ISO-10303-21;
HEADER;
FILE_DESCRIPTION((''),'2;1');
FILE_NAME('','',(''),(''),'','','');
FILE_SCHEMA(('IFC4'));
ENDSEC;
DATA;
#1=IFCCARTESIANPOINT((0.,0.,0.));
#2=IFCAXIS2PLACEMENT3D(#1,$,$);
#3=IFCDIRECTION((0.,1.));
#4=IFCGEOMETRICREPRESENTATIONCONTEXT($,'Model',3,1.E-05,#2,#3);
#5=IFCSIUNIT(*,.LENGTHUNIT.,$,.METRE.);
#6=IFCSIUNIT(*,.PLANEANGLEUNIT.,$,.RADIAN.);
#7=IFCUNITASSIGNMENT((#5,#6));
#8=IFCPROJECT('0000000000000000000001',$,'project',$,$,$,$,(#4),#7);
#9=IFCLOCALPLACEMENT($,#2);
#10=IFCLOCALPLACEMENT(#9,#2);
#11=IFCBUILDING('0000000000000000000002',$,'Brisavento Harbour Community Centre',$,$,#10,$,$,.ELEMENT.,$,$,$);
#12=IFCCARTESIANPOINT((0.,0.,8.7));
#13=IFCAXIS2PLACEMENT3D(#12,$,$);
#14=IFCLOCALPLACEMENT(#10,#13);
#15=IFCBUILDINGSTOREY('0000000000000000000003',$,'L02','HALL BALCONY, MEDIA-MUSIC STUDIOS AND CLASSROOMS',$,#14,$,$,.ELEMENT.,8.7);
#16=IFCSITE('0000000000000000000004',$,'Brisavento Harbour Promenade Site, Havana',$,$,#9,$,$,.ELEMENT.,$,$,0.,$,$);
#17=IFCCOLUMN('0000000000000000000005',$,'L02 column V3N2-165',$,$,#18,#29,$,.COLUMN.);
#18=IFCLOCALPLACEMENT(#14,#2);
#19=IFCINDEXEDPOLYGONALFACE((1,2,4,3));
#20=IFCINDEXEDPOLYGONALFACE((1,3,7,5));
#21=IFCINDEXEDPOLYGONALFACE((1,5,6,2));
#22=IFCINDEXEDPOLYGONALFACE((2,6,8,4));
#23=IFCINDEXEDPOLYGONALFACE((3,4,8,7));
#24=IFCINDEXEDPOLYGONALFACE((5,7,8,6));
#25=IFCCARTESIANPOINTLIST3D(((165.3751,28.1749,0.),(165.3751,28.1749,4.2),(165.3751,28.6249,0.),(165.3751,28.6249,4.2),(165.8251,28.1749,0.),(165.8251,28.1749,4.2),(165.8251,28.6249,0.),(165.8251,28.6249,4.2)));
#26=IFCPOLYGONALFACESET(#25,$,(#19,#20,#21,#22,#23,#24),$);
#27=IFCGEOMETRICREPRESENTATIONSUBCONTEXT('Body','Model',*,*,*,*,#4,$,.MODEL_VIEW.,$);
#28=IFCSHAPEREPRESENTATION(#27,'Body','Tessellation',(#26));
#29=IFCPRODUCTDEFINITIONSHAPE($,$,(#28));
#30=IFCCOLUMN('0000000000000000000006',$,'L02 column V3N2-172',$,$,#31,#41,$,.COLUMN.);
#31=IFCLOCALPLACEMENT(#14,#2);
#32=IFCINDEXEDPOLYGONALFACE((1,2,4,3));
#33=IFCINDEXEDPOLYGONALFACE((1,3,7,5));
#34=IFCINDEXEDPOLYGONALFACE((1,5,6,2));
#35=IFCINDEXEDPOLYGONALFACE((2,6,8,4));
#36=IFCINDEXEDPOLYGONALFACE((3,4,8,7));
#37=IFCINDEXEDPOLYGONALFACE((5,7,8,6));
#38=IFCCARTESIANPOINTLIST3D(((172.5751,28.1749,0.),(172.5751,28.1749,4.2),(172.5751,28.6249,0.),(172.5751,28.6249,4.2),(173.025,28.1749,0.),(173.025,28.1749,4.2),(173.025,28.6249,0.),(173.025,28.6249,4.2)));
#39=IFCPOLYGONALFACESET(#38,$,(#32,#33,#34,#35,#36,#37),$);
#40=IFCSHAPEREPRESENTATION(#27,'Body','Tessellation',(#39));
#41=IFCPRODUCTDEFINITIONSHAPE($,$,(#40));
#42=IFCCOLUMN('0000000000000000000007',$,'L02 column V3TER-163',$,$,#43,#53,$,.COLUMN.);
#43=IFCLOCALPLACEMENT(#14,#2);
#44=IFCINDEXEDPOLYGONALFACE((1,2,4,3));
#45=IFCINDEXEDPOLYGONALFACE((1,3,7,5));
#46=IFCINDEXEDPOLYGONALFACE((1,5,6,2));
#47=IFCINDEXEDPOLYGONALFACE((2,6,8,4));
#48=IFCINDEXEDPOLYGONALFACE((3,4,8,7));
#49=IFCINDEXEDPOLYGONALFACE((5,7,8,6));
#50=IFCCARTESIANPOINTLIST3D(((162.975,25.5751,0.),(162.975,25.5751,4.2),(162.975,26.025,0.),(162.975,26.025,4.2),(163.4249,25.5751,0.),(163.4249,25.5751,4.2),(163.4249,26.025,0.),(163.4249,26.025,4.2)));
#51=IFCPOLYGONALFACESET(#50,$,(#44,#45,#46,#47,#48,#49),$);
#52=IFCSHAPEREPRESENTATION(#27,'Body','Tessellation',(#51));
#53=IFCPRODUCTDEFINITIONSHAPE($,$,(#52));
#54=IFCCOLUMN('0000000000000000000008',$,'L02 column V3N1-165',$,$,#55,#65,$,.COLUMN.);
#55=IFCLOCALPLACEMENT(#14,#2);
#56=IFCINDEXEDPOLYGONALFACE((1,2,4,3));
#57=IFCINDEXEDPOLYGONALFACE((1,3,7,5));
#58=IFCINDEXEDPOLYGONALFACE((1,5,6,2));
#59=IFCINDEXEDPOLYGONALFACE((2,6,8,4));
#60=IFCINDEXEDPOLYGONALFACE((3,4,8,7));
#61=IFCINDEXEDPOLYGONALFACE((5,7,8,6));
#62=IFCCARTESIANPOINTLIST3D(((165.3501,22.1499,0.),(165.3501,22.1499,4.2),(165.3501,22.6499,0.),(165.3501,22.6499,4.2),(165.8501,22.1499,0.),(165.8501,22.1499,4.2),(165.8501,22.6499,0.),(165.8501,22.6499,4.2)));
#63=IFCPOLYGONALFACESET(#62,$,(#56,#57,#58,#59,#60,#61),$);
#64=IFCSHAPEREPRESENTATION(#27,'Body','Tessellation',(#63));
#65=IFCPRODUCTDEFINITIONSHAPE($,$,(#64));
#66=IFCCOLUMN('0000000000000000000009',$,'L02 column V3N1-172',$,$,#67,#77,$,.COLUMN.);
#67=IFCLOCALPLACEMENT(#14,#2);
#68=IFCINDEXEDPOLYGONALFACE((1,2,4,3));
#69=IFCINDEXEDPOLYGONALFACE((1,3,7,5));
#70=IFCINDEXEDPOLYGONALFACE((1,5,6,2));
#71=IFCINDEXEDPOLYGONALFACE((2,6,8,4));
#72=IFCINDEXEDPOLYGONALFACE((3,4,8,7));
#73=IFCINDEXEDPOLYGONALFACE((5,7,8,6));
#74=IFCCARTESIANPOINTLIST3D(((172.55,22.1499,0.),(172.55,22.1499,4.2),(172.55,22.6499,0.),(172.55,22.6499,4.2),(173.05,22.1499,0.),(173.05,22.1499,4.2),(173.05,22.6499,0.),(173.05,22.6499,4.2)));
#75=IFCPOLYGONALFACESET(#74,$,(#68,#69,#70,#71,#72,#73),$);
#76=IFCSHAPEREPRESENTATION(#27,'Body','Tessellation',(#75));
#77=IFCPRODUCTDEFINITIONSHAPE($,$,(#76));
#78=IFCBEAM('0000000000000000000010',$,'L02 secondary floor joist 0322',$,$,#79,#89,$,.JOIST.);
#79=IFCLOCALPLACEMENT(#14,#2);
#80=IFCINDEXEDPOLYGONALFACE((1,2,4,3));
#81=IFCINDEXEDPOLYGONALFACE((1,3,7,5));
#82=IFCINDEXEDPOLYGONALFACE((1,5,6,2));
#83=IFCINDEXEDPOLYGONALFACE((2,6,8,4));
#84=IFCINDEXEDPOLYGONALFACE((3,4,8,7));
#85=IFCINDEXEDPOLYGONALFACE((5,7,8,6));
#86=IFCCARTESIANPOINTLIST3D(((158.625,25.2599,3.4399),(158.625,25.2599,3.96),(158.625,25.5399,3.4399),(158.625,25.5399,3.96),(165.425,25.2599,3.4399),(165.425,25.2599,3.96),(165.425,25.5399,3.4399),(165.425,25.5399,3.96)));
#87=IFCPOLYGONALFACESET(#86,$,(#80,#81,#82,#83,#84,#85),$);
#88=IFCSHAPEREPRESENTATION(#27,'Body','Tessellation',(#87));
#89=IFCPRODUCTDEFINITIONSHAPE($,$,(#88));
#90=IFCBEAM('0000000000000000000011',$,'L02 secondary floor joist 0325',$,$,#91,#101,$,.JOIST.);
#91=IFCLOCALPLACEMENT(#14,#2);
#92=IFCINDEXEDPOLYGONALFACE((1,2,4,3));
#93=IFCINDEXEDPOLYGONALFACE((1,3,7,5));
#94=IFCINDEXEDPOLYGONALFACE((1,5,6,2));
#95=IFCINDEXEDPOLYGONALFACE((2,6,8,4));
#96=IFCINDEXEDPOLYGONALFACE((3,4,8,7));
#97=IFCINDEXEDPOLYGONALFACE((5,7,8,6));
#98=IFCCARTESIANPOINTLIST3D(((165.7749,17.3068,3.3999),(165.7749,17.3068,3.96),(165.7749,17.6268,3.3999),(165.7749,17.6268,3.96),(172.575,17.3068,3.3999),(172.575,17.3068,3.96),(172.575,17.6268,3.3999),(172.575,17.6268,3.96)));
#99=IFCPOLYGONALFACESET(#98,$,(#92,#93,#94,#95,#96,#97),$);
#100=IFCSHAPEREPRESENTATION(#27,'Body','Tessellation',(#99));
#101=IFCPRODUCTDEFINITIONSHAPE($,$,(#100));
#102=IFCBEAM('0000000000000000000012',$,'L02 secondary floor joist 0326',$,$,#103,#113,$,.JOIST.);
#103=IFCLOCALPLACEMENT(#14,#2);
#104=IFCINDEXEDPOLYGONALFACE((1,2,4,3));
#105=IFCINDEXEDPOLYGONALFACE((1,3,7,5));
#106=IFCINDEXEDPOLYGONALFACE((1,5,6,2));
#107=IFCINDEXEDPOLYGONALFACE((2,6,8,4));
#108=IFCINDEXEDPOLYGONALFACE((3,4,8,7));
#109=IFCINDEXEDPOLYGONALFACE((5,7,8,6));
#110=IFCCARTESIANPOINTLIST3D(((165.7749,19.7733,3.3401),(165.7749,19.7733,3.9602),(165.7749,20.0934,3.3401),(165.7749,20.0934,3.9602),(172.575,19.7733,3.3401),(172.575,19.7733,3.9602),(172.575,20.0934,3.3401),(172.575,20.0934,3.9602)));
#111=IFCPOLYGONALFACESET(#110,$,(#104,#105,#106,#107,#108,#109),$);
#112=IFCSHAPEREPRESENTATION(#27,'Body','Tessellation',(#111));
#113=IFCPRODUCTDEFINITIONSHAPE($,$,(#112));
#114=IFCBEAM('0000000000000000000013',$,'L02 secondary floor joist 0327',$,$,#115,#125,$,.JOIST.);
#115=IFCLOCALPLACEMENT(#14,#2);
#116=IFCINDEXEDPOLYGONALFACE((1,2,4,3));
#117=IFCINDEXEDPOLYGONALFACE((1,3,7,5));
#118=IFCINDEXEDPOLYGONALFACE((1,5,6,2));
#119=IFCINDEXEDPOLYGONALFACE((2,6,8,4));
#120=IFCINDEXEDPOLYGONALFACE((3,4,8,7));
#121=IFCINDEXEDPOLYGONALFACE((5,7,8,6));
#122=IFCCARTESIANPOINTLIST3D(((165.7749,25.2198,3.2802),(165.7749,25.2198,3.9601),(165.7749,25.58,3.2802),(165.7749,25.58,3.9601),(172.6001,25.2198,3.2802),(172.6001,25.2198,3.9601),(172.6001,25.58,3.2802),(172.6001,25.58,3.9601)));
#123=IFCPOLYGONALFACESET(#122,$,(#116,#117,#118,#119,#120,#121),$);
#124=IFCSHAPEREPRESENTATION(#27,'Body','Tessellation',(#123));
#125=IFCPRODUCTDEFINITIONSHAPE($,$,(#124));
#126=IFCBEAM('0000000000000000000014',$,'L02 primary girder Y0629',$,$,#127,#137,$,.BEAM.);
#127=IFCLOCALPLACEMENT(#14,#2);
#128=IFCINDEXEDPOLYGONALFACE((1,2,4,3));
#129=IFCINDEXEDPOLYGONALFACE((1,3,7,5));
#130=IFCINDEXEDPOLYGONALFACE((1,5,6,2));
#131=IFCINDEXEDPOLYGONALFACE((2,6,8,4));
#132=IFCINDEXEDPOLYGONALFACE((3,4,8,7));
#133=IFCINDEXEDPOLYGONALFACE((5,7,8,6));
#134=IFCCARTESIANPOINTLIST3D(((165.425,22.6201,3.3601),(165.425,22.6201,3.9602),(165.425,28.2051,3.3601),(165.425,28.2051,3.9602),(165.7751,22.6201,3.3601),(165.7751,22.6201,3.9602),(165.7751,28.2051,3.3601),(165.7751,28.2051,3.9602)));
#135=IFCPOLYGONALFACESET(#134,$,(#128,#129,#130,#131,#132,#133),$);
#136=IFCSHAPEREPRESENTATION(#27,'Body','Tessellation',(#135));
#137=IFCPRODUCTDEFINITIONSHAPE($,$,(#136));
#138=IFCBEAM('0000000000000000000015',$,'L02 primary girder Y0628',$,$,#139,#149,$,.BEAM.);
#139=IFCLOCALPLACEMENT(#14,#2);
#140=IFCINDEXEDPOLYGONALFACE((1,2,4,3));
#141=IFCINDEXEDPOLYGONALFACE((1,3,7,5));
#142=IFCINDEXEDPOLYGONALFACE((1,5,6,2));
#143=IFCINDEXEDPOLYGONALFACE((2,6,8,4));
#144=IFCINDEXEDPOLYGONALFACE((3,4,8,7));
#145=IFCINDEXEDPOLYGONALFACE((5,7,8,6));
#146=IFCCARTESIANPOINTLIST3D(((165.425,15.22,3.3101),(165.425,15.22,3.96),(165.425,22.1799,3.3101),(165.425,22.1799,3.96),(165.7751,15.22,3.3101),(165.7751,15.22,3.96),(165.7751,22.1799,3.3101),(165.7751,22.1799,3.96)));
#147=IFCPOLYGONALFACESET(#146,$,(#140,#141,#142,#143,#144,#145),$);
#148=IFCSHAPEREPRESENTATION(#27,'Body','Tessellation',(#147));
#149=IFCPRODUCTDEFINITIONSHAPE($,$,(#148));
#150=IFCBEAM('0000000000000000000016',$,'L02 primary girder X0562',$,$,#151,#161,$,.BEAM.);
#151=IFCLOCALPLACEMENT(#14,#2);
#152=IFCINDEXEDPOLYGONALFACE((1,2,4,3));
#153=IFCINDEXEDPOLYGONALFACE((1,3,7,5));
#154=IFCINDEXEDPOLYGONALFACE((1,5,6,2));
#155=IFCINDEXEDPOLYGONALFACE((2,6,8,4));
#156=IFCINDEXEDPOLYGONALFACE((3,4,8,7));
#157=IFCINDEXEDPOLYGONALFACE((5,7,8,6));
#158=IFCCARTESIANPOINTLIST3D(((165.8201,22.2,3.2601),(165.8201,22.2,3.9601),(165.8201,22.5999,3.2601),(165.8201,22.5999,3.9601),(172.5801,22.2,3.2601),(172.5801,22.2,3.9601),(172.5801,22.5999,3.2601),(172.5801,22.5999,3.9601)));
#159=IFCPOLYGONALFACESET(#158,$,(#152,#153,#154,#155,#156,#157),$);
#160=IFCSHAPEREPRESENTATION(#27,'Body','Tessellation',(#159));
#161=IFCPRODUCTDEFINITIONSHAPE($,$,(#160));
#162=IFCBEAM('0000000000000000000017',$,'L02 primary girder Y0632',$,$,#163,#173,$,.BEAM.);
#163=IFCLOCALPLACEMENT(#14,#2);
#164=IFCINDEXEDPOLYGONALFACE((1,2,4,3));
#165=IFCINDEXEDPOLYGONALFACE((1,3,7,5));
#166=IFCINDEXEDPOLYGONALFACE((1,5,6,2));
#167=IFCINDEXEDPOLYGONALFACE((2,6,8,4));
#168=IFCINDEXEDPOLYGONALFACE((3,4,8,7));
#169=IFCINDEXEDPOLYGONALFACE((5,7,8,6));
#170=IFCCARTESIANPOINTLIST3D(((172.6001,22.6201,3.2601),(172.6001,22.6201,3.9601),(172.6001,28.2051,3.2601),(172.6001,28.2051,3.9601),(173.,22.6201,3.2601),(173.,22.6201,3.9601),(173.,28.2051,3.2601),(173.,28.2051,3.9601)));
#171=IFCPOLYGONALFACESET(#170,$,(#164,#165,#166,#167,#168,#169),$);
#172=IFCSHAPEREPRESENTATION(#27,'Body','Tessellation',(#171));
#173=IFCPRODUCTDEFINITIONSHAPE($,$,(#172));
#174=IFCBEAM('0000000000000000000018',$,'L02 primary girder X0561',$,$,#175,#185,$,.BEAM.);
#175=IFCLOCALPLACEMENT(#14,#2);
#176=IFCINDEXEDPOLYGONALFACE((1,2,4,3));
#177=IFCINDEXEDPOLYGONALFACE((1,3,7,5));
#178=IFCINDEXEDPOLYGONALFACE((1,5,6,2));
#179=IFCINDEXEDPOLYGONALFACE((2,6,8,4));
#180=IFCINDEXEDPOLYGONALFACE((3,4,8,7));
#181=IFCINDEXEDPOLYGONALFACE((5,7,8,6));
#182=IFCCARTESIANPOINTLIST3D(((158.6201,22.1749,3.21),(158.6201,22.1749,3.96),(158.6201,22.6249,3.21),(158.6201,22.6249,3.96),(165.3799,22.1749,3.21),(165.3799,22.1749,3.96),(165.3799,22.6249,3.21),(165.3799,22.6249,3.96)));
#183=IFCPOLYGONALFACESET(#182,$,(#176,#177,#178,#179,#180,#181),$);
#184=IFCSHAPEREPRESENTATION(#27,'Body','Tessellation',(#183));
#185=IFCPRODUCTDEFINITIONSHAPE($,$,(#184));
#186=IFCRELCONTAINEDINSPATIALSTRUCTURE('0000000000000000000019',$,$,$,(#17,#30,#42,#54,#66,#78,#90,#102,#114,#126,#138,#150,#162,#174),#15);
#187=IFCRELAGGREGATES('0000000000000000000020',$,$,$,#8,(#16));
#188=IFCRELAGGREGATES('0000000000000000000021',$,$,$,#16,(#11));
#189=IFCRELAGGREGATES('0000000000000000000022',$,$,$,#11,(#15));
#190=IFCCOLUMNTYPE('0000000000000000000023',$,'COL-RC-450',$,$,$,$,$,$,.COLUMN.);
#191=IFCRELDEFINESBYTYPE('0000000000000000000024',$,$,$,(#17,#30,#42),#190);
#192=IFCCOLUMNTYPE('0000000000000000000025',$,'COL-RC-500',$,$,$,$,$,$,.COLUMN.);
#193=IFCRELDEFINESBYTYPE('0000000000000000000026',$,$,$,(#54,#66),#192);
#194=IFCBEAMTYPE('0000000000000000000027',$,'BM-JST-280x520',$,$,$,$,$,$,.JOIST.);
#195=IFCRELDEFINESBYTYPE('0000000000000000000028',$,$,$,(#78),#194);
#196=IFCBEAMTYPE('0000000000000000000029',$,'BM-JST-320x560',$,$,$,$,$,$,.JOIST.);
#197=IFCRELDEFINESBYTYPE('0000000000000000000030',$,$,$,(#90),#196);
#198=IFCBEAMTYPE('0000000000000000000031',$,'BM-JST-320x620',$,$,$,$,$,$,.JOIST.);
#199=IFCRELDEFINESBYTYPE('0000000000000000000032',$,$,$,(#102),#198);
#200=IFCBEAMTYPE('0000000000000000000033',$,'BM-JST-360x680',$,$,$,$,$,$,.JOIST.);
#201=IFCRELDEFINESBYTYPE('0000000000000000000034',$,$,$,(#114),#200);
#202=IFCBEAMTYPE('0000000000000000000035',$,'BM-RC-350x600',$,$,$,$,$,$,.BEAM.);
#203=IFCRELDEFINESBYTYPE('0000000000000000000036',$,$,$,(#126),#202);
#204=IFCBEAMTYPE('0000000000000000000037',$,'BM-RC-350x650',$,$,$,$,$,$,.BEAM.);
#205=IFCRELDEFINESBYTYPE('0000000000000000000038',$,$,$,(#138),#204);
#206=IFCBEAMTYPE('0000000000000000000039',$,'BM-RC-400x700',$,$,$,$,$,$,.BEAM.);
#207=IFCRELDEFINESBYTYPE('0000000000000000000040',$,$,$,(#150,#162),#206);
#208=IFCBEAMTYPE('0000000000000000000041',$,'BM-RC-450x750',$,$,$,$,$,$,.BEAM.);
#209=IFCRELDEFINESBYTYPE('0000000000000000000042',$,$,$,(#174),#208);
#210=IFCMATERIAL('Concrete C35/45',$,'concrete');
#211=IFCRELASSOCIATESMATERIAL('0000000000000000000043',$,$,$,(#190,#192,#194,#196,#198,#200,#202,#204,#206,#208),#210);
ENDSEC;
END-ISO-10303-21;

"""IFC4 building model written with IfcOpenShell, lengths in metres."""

from ifc_helpers import new_model, si_unit, direction, frame, origin, origin_2d, place, context, subcontext, project, spatial, rectangle, extrude, material, material_profile, profile_set, type_object, element, save


model = new_model("IFC4")

# Units and contexts
model_context = context("Model", 3, precision=1e-05, world=origin(), true_north=direction((0.0, 1.0)))
body_context = subcontext(model_context, "Body", "Model", "MODEL_VIEW")
ifc_project = project(units=[si_unit("LENGTHUNIT", "METRE"), si_unit("PLANEANGLEUNIT", "RADIAN")], contexts=[model_context])

# Site, building, storey
site_placement = place(None, origin())
site = spatial("IfcSite", under=ifc_project, at=site_placement, Name="Brisavento Harbour Promenade Site, Havana", CompositionType="ELEMENT", RefElevation=0.0)
building_placement = place(site_placement, origin())
building = spatial("IfcBuilding", under=site, at=building_placement, Name="Brisavento Harbour Community Centre", CompositionType="ELEMENT")
storey_placement = place(building_placement, frame((0.0, 0.0, 8.7)))
storey = spatial("IfcBuildingStorey", under=building, at=storey_placement, Name="L02", Description="HALL BALCONY, MEDIA-MUSIC STUDIOS AND CLASSROOMS", CompositionType="ELEMENT", Elevation=8.7)

# Columns
ifc_material_1 = material(Name="Concrete C35/45", Category="concrete")
ifc_material_profile_1 = material_profile(ifc_material_1, rectangle(XDim=0.45, YDim=0.45, at=origin_2d()), Name="Concrete C35/45")
ifc_profile_set_1 = profile_set([ifc_material_profile_1], Name="Concrete C35/45")
column_type_1 = type_object("IfcColumnType", Name="COL-RC-450", PredefinedType="COLUMN", material=ifc_profile_set_1)
for number, where, z_axis, x_axis, name in (
    (1, (165.6001, 28.3999, 0.0), (0.0, 0.0, 1.0), (1.0, 0.0, 0.0), "L02 column V3N2-165"),
    (2, (172.8, 28.3999, 0.0), (0.0, 0.0, 1.0), (1.0, 0.0, 0.0), "L02 column V3N2-172"),
    (3, (163.2, 25.8, 0.0), (0.0, 0.0, 1.0), (1.0, 0.0, 0.0), "L02 column V3TER-163"),
):
    element("IfcColumn", number, at=place(storey_placement, frame(where, z_axis=z_axis, x_axis=x_axis)), inside=storey, type_object=column_type_1, Name=name, PredefinedType="COLUMN", context=body_context, shape_type="SweptSolid", body=[
        extrude(rectangle(XDim=0.45, YDim=0.45, at=origin_2d()), origin(), (0.0, 0.0, 1.0), 4.2),
    ])
ifc_material_profile_2 = material_profile(ifc_material_1, rectangle(XDim=0.5, YDim=0.5, at=origin_2d()), Name="Concrete C35/45")
ifc_profile_set_2 = profile_set([ifc_material_profile_2], Name="Concrete C35/45")
column_type_2 = type_object("IfcColumnType", Name="COL-RC-500", PredefinedType="COLUMN", material=ifc_profile_set_2)
for number, where, z_axis, x_axis, name in (
    (4, (165.6001, 22.3999, 0.0), (0.0, 0.0, 1.0), (1.0, 0.0, 0.0), "L02 column V3N1-165"),
    (5, (172.8, 22.3999, 0.0), (0.0, 0.0, 1.0), (1.0, 0.0, 0.0), "L02 column V3N1-172"),
):
    element("IfcColumn", number, at=place(storey_placement, frame(where, z_axis=z_axis, x_axis=x_axis)), inside=storey, type_object=column_type_2, Name=name, PredefinedType="COLUMN", context=body_context, shape_type="SweptSolid", body=[
        extrude(rectangle(XDim=0.5, YDim=0.5, at=origin_2d()), origin(), (0.0, 0.0, 1.0), 4.2),
    ])

# Beams
ifc_material_profile_3 = material_profile(ifc_material_1, rectangle(XDim=0.28, YDim=0.52, at=origin_2d()), Name="Concrete C35/45")
ifc_profile_set_3 = profile_set([ifc_material_profile_3], Name="Concrete C35/45")
beam_type_1 = type_object("IfcBeamType", Name="BM-JST-280x520", PredefinedType="JOIST", material=ifc_profile_set_3)
beam_1_placement = place(storey_placement, frame((158.625, 25.3999, 3.7), z_axis=(1.0, 0.0, 0.0), x_axis=(0.0, 1.0, 0.0)))
element("IfcBeam", 6, at=beam_1_placement, inside=storey, type_object=beam_type_1, Name="L02 secondary floor joist 0322", PredefinedType="JOIST", context=body_context, shape_type="SweptSolid", body=[
    extrude(rectangle(XDim=0.28, YDim=0.52, at=origin_2d()), origin(), (0.0, 0.0, 1.0), 6.8),
])
ifc_material_profile_4 = material_profile(ifc_material_1, rectangle(XDim=0.3201, YDim=0.5601, at=origin_2d()), Name="Concrete C35/45")
ifc_profile_set_4 = profile_set([ifc_material_profile_4], Name="Concrete C35/45")
beam_type_2 = type_object("IfcBeamType", Name="BM-JST-320x560", PredefinedType="JOIST", material=ifc_profile_set_4)
beam_2_placement = place(storey_placement, frame((165.7749, 17.4668, 3.6799), z_axis=(1.0, 0.0, 0.0), x_axis=(0.0, 1.0, 0.0)))
element("IfcBeam", 7, at=beam_2_placement, inside=storey, type_object=beam_type_2, Name="L02 secondary floor joist 0325", PredefinedType="JOIST", context=body_context, shape_type="SweptSolid", body=[
    extrude(rectangle(XDim=0.3201, YDim=0.5601, at=origin_2d()), origin(), (0.0, 0.0, 1.0), 6.8),
])
ifc_material_profile_5 = material_profile(ifc_material_1, rectangle(XDim=0.3201, YDim=0.6201, at=origin_2d()), Name="Concrete C35/45")
ifc_profile_set_5 = profile_set([ifc_material_profile_5], Name="Concrete C35/45")
beam_type_3 = type_object("IfcBeamType", Name="BM-JST-320x620", PredefinedType="JOIST", material=ifc_profile_set_5)
beam_3_placement = place(storey_placement, frame((165.7749, 19.9333, 3.6501), z_axis=(1.0, 0.0, 0.0), x_axis=(0.0, 1.0, 0.0)))
element("IfcBeam", 8, at=beam_3_placement, inside=storey, type_object=beam_type_3, Name="L02 secondary floor joist 0326", PredefinedType="JOIST", context=body_context, shape_type="SweptSolid", body=[
    extrude(rectangle(XDim=0.3201, YDim=0.6201, at=origin_2d()), origin(), (0.0, 0.0, 1.0), 6.8),
])
ifc_material_profile_6 = material_profile(ifc_material_1, rectangle(XDim=0.3601, YDim=0.6799, at=origin_2d()), Name="Concrete C35/45")
ifc_profile_set_6 = profile_set([ifc_material_profile_6], Name="Concrete C35/45")
beam_type_4 = type_object("IfcBeamType", Name="BM-JST-360x680", PredefinedType="JOIST", material=ifc_profile_set_6)
beam_4_placement = place(storey_placement, frame((165.7749, 25.3999, 3.6201), z_axis=(1.0, 0.0, 0.0), x_axis=(0.0, 1.0, 0.0)))
element("IfcBeam", 9, at=beam_4_placement, inside=storey, type_object=beam_type_4, Name="L02 secondary floor joist 0327", PredefinedType="JOIST", context=body_context, shape_type="SweptSolid", body=[
    extrude(rectangle(XDim=0.3601, YDim=0.6799, at=origin_2d()), origin(), (0.0, 0.0, 1.0), 6.8252),
])
ifc_material_profile_7 = material_profile(ifc_material_1, rectangle(XDim=0.3501, YDim=0.6001, at=origin_2d()), Name="Concrete C35/45")
ifc_profile_set_7 = profile_set([ifc_material_profile_7], Name="Concrete C35/45")
beam_type_5 = type_object("IfcBeamType", Name="BM-RC-350x600", PredefinedType="BEAM", material=ifc_profile_set_7)
beam_5_placement = place(storey_placement, frame((165.6001, 22.6201, 3.6602), z_axis=(0.0, 1.0, 0.0), x_axis=(-1.0, 0.0, 0.0)))
element("IfcBeam", 10, at=beam_5_placement, inside=storey, type_object=beam_type_5, Name="L02 primary girder Y0629", PredefinedType="BEAM", context=body_context, shape_type="SweptSolid", body=[
    extrude(rectangle(XDim=0.3501, YDim=0.6001, at=origin_2d()), origin(), (0.0, 0.0, 1.0), 5.585),
])
ifc_material_profile_8 = material_profile(ifc_material_1, rectangle(XDim=0.3501, YDim=0.6499, at=origin_2d()), Name="Concrete C35/45")
ifc_profile_set_8 = profile_set([ifc_material_profile_8], Name="Concrete C35/45")
beam_type_6 = type_object("IfcBeamType", Name="BM-RC-350x650", PredefinedType="BEAM", material=ifc_profile_set_8)
beam_6_placement = place(storey_placement, frame((165.6001, 15.22, 3.635), z_axis=(0.0, 1.0, 0.0), x_axis=(-1.0, 0.0, 0.0)))
element("IfcBeam", 11, at=beam_6_placement, inside=storey, type_object=beam_type_6, Name="L02 primary girder Y0628", PredefinedType="BEAM", context=body_context, shape_type="SweptSolid", body=[
    extrude(rectangle(XDim=0.3501, YDim=0.6499, at=origin_2d()), origin(), (0.0, 0.0, 1.0), 6.96),
])
ifc_material_profile_9 = material_profile(ifc_material_1, rectangle(XDim=0.3999, YDim=0.7, at=origin_2d()), Name="Concrete C35/45")
ifc_profile_set_9 = profile_set([ifc_material_profile_9], Name="Concrete C35/45")
beam_type_7 = type_object("IfcBeamType", Name="BM-RC-400x700", PredefinedType="BEAM", material=ifc_profile_set_9)
beam_7_placement = place(storey_placement, frame((165.8201, 22.3999, 3.6101), z_axis=(1.0, 0.0, 0.0), x_axis=(0.0, 1.0, 0.0)))
element("IfcBeam", 12, at=beam_7_placement, inside=storey, type_object=beam_type_7, Name="L02 primary girder X0562", PredefinedType="BEAM", context=body_context, shape_type="SweptSolid", body=[
    extrude(rectangle(XDim=0.3999, YDim=0.7, at=origin_2d()), origin(), (0.0, 0.0, 1.0), 6.76),
])
beam_8_placement = place(storey_placement, frame((172.8, 22.6201, 3.6101), z_axis=(0.0, 1.0, 0.0), x_axis=(-1.0, 0.0, 0.0)))
element("IfcBeam", 13, at=beam_8_placement, inside=storey, type_object=beam_type_7, Name="L02 primary girder Y0632", PredefinedType="BEAM", context=body_context, shape_type="SweptSolid", body=[
    extrude(rectangle(XDim=0.3999, YDim=0.7, at=origin_2d()), origin(), (0.0, 0.0, 1.0), 5.585),
])
ifc_material_profile_10 = material_profile(ifc_material_1, rectangle(XDim=0.45, YDim=0.75, at=origin_2d()), Name="Concrete C35/45")
ifc_profile_set_10 = profile_set([ifc_material_profile_10], Name="Concrete C35/45")
beam_type_8 = type_object("IfcBeamType", Name="BM-RC-450x750", PredefinedType="BEAM", material=ifc_profile_set_10)
beam_9_placement = place(storey_placement, frame((158.6201, 22.3999, 3.585), z_axis=(1.0, 0.0, 0.0), x_axis=(0.0, 1.0, 0.0)))
element("IfcBeam", 14, at=beam_9_placement, inside=storey, type_object=beam_type_8, Name="L02 primary girder X0561", PredefinedType="BEAM", context=body_context, shape_type="SweptSolid", body=[
    extrude(rectangle(XDim=0.45, YDim=0.75, at=origin_2d()), origin(), (0.0, 0.0, 1.0), 6.7598),
])

save(model, "model.ifc")
